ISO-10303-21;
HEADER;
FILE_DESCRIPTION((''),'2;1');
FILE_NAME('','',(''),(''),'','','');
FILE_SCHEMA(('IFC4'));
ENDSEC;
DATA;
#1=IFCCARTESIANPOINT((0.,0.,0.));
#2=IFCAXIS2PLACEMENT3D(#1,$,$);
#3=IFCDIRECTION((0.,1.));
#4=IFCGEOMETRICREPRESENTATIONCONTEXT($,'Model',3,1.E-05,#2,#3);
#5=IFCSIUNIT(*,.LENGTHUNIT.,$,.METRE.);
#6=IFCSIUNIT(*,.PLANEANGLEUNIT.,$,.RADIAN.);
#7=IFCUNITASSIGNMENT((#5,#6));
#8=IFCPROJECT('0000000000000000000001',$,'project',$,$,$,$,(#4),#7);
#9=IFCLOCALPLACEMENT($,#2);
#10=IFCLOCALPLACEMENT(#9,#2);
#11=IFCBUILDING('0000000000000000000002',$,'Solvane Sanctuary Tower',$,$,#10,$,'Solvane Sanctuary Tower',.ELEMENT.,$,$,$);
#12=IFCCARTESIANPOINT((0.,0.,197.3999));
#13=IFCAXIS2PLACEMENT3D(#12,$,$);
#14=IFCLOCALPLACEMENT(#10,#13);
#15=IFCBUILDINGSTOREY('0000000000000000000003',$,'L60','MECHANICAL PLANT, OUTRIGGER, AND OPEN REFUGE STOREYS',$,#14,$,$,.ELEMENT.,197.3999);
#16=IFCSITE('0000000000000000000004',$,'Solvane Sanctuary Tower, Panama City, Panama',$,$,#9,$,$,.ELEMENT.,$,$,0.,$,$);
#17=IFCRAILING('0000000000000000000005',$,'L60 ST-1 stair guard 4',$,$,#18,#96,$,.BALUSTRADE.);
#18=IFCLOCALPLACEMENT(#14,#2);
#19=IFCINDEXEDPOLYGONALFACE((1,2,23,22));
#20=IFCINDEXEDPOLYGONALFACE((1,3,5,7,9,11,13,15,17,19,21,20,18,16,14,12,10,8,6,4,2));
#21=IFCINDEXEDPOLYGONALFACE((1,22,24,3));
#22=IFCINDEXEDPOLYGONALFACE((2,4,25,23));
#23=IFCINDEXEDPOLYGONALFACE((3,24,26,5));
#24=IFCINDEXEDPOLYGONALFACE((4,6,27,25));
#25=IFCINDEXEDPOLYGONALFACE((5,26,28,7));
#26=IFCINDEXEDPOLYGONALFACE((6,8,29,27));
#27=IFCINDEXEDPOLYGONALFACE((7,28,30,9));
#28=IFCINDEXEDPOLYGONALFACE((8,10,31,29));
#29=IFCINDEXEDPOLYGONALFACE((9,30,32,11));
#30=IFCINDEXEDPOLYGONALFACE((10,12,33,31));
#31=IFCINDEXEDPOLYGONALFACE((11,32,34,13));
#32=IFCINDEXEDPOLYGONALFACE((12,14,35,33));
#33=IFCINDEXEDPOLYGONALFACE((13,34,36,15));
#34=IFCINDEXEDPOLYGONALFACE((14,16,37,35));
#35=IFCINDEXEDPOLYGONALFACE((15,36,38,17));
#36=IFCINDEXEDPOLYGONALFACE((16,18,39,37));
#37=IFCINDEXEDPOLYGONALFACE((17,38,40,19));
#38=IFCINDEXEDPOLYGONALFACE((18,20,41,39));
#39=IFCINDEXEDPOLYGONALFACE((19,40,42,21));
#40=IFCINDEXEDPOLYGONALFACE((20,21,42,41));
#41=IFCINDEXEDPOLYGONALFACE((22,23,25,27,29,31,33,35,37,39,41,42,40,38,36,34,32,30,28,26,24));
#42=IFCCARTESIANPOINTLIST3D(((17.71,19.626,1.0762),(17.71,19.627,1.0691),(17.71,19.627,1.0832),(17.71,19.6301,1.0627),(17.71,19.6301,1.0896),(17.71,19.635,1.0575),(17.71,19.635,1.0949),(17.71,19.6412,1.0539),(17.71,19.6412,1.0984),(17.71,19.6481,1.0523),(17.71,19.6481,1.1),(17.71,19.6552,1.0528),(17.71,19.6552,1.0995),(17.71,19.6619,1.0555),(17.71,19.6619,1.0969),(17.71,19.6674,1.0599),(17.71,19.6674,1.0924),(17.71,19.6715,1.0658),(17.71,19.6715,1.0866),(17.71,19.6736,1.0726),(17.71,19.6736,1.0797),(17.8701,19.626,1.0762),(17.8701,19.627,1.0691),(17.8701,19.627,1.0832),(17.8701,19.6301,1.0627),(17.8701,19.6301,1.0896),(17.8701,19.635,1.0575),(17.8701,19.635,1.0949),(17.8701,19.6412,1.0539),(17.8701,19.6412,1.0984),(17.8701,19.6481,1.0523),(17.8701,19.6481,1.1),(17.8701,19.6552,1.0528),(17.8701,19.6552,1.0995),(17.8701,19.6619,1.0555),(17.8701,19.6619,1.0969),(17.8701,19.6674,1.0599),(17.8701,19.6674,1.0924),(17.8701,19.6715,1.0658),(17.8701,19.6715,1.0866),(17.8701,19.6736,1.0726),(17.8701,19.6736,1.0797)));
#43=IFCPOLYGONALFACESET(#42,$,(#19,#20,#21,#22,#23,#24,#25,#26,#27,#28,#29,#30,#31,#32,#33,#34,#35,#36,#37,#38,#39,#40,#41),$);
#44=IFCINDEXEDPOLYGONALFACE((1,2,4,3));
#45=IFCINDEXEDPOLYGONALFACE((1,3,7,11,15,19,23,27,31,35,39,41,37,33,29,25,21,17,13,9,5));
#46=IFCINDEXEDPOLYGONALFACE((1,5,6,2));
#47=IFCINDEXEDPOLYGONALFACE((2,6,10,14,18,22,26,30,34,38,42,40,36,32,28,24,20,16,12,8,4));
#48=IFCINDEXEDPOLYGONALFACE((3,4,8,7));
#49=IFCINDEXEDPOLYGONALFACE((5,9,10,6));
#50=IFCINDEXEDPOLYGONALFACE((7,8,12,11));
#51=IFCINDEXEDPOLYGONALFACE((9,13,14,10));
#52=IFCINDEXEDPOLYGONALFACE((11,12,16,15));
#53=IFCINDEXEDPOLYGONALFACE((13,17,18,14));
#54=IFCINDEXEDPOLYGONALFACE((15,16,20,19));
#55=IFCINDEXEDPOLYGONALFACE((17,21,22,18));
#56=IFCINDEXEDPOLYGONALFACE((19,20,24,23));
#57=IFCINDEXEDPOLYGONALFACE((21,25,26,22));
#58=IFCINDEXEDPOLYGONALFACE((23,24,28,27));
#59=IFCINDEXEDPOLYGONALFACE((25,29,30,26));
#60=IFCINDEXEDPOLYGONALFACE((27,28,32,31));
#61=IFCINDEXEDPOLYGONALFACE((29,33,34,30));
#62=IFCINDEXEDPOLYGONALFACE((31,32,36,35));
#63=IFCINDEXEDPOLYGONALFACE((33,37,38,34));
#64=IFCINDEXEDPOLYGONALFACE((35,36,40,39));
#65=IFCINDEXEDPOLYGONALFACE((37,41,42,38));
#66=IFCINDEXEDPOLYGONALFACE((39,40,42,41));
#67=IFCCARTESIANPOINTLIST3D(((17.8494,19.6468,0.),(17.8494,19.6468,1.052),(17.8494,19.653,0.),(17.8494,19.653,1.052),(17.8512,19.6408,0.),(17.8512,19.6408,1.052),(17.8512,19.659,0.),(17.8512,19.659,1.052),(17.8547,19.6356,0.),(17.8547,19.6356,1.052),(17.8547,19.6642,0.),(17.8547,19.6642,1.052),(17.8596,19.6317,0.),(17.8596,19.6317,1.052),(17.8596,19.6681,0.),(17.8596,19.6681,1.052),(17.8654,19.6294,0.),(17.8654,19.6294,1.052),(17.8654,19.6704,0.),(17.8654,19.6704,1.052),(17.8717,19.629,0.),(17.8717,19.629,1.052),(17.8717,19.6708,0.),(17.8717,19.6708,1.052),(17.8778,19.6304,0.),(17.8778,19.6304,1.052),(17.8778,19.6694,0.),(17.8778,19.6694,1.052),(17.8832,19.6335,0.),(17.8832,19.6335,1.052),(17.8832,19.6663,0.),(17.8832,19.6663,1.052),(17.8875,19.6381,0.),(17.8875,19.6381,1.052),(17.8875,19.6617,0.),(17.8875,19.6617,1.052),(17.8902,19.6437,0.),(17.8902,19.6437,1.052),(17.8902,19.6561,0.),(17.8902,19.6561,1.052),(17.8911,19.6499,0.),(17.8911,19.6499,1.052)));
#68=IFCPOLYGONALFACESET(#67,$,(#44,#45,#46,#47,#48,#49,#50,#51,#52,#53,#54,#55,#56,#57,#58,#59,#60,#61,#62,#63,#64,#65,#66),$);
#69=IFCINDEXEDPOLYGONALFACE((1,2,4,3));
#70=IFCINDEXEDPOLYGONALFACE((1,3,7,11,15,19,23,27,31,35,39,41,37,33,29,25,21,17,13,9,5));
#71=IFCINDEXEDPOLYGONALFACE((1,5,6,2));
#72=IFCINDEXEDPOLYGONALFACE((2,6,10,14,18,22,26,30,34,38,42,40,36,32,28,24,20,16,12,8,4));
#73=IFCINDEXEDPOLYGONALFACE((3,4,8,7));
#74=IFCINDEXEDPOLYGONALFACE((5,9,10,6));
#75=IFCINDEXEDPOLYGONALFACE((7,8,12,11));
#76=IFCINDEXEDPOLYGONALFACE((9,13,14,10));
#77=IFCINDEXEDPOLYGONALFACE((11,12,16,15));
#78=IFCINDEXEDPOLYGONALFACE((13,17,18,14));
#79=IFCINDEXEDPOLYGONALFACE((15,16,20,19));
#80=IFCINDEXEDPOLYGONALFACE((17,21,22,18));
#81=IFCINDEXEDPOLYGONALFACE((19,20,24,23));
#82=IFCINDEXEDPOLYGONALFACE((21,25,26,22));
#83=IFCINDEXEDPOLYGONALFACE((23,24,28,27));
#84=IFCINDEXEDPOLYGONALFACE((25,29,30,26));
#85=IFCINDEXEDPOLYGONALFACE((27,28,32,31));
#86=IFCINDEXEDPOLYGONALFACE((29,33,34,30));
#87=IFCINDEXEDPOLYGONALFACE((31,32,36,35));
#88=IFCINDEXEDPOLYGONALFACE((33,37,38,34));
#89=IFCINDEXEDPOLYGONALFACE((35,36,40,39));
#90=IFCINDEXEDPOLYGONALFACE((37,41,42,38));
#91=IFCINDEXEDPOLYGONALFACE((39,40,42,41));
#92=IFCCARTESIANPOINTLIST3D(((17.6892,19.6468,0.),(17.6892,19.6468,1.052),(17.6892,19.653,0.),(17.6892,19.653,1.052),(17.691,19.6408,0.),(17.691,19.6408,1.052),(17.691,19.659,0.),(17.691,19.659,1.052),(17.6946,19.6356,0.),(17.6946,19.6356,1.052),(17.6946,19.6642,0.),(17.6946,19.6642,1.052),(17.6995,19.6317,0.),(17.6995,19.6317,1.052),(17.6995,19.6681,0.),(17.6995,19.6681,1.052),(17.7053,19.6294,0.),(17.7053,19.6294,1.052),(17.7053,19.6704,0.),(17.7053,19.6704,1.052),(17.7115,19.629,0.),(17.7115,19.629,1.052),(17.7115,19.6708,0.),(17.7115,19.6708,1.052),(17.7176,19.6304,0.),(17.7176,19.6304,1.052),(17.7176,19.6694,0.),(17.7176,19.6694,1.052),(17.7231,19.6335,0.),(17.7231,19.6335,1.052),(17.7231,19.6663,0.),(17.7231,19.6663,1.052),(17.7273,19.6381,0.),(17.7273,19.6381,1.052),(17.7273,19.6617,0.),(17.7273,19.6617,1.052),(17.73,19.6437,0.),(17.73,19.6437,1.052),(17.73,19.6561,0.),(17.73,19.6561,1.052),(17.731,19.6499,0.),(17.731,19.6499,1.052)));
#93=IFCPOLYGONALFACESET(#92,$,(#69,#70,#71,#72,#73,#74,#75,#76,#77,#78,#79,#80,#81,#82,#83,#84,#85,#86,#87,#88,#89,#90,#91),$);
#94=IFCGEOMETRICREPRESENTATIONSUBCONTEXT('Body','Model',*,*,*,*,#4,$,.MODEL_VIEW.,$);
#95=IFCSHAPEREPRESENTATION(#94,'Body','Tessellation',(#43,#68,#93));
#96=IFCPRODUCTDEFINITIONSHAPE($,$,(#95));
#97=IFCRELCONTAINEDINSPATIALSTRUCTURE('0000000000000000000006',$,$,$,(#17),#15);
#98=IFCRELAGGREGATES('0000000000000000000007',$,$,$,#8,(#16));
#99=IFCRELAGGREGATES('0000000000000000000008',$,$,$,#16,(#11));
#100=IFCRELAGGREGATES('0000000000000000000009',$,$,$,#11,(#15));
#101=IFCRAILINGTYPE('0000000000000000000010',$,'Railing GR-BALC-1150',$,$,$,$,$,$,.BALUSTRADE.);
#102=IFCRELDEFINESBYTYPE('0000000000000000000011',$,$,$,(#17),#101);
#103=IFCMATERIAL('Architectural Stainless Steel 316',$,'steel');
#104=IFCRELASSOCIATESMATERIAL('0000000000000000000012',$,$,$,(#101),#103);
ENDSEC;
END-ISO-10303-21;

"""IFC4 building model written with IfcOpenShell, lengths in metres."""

from ifc_helpers import new_model, si_unit, direction, frame, origin, origin_2d, place, context, subcontext, project, spatial, circle, extrude, material, type_object, element, save


model = new_model("IFC4")

# Units and contexts
model_context = context("Model", 3, precision=1e-05, world=origin(), true_north=direction((0.0, 1.0)))
body_context = subcontext(model_context, "Body", "Model", "MODEL_VIEW")
ifc_project = project(units=[si_unit("LENGTHUNIT", "METRE"), si_unit("PLANEANGLEUNIT", "RADIAN")], contexts=[model_context])

# Site, building, storey
site_placement = place(None, origin())
site = spatial("IfcSite", under=ifc_project, at=site_placement, Name="Solvane Sanctuary Tower, Panama City, Panama", CompositionType="ELEMENT", RefElevation=0.0)
building_placement = place(site_placement, origin())
building = spatial("IfcBuilding", under=site, at=building_placement, Name="Solvane Sanctuary Tower", LongName="Solvane Sanctuary Tower", CompositionType="ELEMENT")
storey_placement = place(building_placement, frame((0.0, 0.0, 197.3999)))
storey = spatial("IfcBuildingStorey", under=building, at=storey_placement, Name="L60", Description="MECHANICAL PLANT, OUTRIGGER, AND OPEN REFUGE STOREYS", CompositionType="ELEMENT", Elevation=197.3999)

# Shared definitions
ifc_material_1 = material(Name="Architectural Stainless Steel 316", Category="steel")

# Railing
railing_type_1 = type_object("IfcRailingType", Name="Railing GR-BALC-1150", PredefinedType="BALUSTRADE", material=ifc_material_1)
railing_1_placement = place(storey_placement, frame((17.8701, 19.6499, 0.0)))
element("IfcRailing", 1, at=railing_1_placement, inside=storey, type_object=railing_type_1, Name="L60 ST-1 stair guard 4", PredefinedType="BALUSTRADE", context=body_context, shape_type="SweptSolid", body=[
    extrude(circle(Radius=0.0239, at=origin_2d()), frame((0.0, 0.0, 1.0762), z_axis=(-1.0, 0.0, 0.0), x_axis=(0.0, -1.0, 0.0)), (0.0, 0.0, 1.0), 0.1602),
    extrude(circle(Radius=0.021, at=origin_2d()), origin(), (0.0, 0.0, 1.0), 1.052),
    extrude(circle(Radius=0.021, at=origin_2d()), frame((-0.1602, 0.0, 0.0)), (0.0, 0.0, 1.0), 1.052),
])

save(model, "model.ifc")
